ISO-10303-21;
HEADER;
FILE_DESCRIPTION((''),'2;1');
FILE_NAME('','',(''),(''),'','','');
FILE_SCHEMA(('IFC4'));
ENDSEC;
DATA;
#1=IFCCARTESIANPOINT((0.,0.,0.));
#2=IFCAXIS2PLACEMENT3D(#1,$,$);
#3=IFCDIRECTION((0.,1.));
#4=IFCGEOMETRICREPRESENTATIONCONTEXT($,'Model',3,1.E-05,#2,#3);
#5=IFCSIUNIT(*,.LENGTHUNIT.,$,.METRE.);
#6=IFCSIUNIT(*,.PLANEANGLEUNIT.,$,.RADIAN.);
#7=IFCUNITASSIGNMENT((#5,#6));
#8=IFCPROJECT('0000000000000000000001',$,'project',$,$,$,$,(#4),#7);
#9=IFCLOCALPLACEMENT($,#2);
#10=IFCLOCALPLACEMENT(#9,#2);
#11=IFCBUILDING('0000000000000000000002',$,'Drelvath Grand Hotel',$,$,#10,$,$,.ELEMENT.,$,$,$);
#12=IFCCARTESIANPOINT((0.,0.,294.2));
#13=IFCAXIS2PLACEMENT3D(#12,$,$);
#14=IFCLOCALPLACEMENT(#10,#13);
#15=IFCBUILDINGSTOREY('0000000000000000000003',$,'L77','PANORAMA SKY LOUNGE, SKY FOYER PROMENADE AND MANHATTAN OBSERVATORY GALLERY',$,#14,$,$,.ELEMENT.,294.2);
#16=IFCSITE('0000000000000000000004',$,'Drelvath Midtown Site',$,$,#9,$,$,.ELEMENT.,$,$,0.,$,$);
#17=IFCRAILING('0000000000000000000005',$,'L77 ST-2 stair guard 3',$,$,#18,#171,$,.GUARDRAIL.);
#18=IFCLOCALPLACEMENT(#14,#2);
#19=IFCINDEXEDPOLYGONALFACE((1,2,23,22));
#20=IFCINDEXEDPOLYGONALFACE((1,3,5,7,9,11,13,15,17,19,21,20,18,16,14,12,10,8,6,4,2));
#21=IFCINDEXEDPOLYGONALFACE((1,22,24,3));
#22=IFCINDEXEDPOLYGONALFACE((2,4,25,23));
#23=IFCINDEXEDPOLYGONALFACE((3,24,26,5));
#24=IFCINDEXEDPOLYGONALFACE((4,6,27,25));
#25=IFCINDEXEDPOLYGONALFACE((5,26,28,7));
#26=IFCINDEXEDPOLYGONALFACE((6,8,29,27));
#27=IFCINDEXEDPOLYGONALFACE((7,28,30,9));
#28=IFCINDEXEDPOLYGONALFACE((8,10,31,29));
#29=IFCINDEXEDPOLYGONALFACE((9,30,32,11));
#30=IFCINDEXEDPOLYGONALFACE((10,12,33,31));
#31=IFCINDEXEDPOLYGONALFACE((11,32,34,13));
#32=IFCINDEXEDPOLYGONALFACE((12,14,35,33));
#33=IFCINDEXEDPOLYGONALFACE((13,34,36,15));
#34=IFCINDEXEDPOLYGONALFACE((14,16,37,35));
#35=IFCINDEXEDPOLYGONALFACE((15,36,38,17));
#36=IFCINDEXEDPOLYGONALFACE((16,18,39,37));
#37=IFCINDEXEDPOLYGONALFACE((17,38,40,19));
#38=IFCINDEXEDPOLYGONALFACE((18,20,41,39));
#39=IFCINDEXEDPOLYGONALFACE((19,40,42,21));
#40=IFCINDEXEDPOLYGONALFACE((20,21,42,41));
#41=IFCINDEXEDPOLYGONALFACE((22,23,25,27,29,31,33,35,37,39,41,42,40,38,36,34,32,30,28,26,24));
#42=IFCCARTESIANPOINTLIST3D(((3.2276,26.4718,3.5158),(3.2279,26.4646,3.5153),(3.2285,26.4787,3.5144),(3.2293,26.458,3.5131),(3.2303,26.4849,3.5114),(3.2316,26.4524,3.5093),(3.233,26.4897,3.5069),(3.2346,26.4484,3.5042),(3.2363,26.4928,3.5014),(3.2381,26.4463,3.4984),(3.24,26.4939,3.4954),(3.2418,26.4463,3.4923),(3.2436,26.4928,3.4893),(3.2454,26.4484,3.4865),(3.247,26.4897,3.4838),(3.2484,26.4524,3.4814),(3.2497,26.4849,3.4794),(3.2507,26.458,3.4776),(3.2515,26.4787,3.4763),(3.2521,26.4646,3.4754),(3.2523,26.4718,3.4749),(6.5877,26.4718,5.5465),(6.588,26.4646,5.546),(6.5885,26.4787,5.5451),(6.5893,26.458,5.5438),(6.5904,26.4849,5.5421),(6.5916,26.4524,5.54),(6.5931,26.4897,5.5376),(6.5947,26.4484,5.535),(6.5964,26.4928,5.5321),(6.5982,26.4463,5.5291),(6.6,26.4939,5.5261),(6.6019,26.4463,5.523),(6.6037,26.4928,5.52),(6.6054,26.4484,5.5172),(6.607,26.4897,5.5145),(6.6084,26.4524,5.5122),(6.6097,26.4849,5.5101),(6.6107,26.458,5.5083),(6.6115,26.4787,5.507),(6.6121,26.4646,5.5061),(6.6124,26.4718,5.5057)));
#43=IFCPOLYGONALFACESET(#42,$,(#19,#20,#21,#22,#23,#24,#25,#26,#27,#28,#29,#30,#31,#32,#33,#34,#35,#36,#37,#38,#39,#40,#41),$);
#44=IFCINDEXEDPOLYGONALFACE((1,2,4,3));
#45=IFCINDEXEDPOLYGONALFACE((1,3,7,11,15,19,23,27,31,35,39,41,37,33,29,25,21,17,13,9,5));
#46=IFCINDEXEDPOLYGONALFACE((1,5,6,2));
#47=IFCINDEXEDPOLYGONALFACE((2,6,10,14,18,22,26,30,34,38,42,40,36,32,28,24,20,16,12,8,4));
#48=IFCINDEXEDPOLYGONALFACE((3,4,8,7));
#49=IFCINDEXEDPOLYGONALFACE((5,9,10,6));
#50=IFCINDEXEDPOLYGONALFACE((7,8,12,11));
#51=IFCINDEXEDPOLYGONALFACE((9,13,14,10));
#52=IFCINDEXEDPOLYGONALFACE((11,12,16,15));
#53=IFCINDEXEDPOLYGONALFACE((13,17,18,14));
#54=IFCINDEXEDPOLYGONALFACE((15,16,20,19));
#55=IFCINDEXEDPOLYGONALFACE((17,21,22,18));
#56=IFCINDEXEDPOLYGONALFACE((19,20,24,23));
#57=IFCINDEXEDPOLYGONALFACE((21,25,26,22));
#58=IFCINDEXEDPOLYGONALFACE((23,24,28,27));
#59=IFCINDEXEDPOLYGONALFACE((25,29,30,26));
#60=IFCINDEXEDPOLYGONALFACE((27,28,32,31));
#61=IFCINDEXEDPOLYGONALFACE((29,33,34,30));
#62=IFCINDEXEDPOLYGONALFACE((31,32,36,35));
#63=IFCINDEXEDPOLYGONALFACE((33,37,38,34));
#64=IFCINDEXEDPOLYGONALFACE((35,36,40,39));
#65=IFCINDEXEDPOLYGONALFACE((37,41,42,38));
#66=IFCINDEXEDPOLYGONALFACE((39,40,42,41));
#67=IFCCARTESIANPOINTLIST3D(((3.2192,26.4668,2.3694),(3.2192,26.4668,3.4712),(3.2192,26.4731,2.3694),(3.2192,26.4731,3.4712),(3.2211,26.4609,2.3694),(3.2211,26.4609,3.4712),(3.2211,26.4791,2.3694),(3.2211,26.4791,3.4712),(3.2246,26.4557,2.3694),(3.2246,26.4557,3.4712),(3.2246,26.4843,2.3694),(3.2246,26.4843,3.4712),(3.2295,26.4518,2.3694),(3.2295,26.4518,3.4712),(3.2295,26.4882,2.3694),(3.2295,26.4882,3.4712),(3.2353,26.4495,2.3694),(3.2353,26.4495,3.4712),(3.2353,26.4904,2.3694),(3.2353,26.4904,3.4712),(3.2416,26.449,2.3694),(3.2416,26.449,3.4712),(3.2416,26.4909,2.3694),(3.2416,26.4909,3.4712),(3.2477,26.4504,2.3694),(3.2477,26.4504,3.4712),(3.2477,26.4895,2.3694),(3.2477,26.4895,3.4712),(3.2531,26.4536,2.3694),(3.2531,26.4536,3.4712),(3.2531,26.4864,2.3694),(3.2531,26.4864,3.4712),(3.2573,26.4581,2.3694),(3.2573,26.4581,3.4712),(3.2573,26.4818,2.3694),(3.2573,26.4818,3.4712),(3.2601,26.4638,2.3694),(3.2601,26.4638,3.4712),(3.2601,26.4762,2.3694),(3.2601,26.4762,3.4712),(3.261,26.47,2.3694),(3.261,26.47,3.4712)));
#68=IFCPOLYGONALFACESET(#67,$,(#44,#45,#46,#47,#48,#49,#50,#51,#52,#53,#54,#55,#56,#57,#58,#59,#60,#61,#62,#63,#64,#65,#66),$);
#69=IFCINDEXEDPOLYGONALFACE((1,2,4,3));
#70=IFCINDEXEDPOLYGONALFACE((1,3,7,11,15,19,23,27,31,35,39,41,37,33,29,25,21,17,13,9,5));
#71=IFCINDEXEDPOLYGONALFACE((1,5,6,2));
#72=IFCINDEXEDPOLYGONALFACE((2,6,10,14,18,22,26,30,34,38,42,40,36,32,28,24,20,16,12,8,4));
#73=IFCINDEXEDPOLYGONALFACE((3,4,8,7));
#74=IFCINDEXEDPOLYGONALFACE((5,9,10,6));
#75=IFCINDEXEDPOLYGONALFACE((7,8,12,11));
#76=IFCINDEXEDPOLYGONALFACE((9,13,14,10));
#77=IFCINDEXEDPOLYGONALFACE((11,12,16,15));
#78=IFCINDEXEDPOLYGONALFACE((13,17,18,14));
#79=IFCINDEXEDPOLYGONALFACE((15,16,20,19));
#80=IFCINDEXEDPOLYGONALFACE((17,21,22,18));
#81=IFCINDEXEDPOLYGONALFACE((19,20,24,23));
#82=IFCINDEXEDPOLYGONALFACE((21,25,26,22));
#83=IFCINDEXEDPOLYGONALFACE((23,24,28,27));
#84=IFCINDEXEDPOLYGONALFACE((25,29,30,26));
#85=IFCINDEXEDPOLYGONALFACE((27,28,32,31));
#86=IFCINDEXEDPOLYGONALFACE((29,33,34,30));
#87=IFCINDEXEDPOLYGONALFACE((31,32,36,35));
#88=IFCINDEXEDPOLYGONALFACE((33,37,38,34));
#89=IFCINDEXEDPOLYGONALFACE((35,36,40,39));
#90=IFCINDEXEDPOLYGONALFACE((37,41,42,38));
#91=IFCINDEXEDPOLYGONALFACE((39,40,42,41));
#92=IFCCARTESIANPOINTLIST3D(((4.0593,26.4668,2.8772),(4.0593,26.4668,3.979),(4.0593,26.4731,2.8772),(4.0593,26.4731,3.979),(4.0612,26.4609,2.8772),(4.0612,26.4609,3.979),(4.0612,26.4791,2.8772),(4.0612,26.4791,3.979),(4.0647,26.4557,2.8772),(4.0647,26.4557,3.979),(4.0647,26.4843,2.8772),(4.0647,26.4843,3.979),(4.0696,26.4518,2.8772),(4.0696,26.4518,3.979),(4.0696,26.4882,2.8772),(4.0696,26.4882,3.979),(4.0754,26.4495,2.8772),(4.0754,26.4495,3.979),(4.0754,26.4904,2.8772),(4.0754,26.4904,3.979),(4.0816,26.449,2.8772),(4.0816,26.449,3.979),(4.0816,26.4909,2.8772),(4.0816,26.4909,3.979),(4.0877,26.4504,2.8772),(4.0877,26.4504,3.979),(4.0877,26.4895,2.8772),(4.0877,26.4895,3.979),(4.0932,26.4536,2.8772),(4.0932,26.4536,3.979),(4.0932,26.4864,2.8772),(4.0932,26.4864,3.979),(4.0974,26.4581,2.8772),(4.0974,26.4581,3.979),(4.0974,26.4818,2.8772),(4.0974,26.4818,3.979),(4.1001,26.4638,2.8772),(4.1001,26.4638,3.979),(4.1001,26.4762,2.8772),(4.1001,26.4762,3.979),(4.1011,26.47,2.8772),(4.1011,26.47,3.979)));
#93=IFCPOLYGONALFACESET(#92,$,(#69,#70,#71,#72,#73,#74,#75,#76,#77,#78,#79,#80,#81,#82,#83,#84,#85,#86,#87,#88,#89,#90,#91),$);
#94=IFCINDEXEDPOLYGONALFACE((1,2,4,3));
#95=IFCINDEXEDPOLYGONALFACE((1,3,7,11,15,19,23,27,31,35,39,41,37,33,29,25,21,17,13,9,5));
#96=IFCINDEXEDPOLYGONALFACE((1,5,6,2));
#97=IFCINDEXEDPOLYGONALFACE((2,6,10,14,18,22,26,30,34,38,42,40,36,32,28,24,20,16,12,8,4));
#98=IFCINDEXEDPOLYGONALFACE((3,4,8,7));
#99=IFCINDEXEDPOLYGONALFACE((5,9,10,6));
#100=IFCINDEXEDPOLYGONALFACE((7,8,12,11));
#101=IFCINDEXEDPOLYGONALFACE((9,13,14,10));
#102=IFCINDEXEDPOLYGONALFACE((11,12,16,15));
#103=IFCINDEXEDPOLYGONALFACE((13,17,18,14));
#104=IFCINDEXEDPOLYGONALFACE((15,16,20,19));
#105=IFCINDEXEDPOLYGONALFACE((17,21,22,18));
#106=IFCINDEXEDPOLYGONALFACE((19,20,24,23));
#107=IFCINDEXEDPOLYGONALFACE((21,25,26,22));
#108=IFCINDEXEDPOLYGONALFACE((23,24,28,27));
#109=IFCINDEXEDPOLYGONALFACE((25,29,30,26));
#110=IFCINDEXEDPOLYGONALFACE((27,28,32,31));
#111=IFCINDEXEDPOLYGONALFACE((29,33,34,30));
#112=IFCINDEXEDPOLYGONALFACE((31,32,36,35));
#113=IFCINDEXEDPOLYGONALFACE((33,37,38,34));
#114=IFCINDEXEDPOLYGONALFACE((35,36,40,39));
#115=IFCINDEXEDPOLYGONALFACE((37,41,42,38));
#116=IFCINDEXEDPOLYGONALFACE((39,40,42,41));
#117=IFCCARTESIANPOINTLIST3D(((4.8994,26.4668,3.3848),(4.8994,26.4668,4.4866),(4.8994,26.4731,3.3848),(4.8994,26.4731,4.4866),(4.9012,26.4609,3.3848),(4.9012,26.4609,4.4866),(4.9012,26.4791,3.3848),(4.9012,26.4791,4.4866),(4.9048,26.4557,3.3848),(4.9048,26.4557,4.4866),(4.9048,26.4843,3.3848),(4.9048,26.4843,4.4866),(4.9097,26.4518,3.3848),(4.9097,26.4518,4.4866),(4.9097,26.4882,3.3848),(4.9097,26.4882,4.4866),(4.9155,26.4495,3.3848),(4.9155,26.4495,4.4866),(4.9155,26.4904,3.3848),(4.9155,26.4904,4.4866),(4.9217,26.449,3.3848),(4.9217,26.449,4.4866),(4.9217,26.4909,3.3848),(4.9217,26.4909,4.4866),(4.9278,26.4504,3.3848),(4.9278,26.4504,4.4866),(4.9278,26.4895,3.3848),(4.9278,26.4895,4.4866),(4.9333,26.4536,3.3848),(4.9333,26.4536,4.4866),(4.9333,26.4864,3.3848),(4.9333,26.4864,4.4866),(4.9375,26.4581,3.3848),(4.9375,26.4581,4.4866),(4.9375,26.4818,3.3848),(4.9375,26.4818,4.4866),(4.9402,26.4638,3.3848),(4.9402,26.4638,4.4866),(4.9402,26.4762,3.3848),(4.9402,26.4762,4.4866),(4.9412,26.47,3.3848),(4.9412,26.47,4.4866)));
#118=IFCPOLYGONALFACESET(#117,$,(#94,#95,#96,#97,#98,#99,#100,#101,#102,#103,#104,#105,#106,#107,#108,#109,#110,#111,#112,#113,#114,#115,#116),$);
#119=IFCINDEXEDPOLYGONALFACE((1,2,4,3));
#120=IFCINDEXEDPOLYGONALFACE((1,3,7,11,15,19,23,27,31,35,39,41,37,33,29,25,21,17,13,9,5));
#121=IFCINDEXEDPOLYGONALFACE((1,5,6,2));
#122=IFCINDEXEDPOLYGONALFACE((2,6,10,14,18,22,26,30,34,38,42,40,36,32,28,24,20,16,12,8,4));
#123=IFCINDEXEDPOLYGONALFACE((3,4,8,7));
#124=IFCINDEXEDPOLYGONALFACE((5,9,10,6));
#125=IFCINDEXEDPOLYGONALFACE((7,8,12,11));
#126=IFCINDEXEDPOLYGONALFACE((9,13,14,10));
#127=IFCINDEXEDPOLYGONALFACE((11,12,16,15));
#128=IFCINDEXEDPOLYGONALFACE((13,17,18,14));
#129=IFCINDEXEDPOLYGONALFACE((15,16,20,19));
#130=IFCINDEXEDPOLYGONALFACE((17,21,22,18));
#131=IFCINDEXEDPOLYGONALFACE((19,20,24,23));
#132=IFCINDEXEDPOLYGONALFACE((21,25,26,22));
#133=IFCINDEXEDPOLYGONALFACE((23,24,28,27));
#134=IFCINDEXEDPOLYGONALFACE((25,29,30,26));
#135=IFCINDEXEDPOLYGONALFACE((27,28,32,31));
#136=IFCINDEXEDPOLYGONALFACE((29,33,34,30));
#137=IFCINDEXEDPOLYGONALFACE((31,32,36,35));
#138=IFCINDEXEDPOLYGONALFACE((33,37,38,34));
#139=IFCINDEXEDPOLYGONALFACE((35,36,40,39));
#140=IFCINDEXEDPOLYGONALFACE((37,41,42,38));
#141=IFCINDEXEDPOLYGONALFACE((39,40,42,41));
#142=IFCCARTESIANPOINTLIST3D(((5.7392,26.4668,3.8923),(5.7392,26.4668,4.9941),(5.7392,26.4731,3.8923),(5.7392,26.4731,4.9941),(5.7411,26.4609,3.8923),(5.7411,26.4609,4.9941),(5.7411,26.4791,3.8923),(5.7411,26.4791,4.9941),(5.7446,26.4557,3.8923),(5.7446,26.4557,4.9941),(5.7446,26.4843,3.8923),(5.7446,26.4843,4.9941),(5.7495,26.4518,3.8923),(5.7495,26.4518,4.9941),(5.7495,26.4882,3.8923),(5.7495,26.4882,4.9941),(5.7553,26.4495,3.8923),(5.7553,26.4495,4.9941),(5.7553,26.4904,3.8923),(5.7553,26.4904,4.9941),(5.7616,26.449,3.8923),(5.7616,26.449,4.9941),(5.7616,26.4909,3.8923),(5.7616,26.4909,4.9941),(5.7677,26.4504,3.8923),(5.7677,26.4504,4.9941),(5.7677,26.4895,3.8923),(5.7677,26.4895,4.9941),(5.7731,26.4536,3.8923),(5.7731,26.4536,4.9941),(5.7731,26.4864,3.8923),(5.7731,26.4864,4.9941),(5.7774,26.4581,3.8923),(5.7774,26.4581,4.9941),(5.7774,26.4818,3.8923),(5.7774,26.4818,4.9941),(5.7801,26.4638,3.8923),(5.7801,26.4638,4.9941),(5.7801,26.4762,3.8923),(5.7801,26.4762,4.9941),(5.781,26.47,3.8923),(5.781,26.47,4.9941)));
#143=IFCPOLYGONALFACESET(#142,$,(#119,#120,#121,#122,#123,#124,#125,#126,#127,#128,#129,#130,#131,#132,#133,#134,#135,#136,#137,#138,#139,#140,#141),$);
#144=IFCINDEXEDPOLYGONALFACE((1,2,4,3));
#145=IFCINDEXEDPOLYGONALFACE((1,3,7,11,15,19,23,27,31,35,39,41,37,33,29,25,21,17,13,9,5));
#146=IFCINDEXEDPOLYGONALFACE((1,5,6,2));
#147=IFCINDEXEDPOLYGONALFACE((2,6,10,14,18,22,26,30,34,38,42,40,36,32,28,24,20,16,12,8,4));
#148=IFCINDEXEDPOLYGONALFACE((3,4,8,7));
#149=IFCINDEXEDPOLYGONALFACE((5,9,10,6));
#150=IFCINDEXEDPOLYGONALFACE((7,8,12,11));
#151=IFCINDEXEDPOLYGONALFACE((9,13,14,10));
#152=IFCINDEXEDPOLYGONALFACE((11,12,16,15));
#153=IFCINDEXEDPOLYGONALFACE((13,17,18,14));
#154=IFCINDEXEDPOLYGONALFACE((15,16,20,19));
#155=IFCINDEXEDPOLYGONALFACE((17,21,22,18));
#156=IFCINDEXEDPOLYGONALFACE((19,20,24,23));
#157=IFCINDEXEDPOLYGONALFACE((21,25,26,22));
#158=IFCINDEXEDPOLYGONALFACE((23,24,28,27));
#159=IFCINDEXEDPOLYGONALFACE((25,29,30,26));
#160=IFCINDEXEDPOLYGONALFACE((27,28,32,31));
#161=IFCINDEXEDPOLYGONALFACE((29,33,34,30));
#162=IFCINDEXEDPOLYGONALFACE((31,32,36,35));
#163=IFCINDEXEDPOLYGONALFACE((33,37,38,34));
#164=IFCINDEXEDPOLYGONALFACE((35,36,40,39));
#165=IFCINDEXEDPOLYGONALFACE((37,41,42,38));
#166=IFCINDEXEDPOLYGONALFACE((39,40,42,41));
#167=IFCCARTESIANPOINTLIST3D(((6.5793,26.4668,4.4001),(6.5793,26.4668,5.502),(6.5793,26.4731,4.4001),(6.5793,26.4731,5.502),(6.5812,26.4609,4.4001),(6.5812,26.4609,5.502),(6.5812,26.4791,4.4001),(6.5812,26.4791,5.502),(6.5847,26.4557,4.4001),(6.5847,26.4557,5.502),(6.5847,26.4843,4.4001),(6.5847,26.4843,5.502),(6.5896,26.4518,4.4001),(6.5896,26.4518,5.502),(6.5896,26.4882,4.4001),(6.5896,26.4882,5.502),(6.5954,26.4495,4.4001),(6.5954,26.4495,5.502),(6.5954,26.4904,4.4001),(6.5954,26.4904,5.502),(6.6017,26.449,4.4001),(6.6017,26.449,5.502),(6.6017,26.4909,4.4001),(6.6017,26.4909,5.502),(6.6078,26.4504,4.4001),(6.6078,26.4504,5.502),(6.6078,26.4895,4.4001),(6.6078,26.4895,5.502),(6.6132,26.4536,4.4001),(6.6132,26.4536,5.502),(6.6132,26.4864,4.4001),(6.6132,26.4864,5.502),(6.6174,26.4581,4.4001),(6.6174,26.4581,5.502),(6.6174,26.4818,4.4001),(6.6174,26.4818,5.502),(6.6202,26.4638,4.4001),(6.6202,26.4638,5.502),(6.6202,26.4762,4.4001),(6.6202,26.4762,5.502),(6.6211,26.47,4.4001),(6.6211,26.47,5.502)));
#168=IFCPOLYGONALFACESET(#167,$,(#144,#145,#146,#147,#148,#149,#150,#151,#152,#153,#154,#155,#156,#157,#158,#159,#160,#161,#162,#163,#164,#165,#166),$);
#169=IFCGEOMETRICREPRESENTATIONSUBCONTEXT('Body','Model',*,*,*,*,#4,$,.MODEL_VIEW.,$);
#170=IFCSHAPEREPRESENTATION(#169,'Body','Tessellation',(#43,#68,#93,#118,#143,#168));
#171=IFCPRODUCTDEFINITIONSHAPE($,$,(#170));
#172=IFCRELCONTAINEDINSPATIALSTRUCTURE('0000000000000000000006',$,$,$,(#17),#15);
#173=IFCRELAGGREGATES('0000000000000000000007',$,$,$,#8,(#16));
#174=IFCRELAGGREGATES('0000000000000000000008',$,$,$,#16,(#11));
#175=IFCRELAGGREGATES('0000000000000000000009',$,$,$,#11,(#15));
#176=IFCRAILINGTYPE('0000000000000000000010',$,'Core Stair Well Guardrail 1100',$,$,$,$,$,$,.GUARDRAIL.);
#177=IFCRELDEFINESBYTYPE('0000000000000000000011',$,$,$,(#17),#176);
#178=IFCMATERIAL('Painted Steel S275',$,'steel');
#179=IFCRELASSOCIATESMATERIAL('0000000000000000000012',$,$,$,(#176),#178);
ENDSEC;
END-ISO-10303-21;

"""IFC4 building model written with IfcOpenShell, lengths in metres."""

from ifc_helpers import new_model, si_unit, direction, frame, origin, origin_2d, place, context, subcontext, project, spatial, circle, extrude, material, type_object, element, save


model = new_model("IFC4")

# Units and contexts
model_context = context("Model", 3, precision=1e-05, world=origin(), true_north=direction((0.0, 1.0)))
body_context = subcontext(model_context, "Body", "Model", "MODEL_VIEW")
ifc_project = project(units=[si_unit("LENGTHUNIT", "METRE"), si_unit("PLANEANGLEUNIT", "RADIAN")], contexts=[model_context])

# Site, building, storey
site_placement = place(None, origin())
site = spatial("IfcSite", under=ifc_project, at=site_placement, Name="Drelvath Midtown Site", CompositionType="ELEMENT", RefElevation=0.0)
building_placement = place(site_placement, origin())
building = spatial("IfcBuilding", under=site, at=building_placement, Name="Drelvath Grand Hotel", CompositionType="ELEMENT")
storey_placement = place(building_placement, frame((0.0, 0.0, 294.2)))
storey = spatial("IfcBuildingStorey", under=building, at=storey_placement, Name="L77", Description="PANORAMA SKY LOUNGE, SKY FOYER PROMENADE AND MANHATTAN OBSERVATORY GALLERY", CompositionType="ELEMENT", Elevation=294.2)

# Railing
ifc_material_1 = material(Name="Painted Steel S275", Category="steel")
railing_type_1 = type_object("IfcRailingType", Name="Core Stair Well Guardrail 1100", PredefinedType="GUARDRAIL", material=ifc_material_1)
railing_1_placement = place(storey_placement, frame((3.24, 26.47, 2.3694)))
element("IfcRailing", 1, at=railing_1_placement, inside=storey, type_object=railing_type_1, Name="L77 ST-2 stair guard 3", PredefinedType="GUARDRAIL", context=body_context, shape_type="SweptSolid", body=[
    extrude(circle(Radius=0.0239, at=origin_2d()), frame((0.0, 0.0, 1.126), z_axis=(0.855837, 0.0, 0.517246), x_axis=(0.0, 1.0, 0.0)), (0.0, 0.0, 1.0), 3.926),
    extrude(circle(Radius=0.021, at=origin_2d()), origin(), (0.0, 0.0, 1.0), 1.1018),
    extrude(circle(Radius=0.021, at=origin_2d()), frame((0.8401, 0.0, 0.5078)), (0.0, 0.0, 1.0), 1.1018),
    extrude(circle(Radius=0.021, at=origin_2d()), frame((1.6802, 0.0, 1.0154)), (0.0, 0.0, 1.0), 1.1018),
    extrude(circle(Radius=0.021, at=origin_2d()), frame((2.52, 0.0, 1.5229)), (0.0, 0.0, 1.0), 1.1018),
    extrude(circle(Radius=0.021, at=origin_2d()), frame((3.3601, 0.0, 2.0308)), (0.0, 0.0, 1.0), 1.1018),
])

save(model, "model.ifc")
